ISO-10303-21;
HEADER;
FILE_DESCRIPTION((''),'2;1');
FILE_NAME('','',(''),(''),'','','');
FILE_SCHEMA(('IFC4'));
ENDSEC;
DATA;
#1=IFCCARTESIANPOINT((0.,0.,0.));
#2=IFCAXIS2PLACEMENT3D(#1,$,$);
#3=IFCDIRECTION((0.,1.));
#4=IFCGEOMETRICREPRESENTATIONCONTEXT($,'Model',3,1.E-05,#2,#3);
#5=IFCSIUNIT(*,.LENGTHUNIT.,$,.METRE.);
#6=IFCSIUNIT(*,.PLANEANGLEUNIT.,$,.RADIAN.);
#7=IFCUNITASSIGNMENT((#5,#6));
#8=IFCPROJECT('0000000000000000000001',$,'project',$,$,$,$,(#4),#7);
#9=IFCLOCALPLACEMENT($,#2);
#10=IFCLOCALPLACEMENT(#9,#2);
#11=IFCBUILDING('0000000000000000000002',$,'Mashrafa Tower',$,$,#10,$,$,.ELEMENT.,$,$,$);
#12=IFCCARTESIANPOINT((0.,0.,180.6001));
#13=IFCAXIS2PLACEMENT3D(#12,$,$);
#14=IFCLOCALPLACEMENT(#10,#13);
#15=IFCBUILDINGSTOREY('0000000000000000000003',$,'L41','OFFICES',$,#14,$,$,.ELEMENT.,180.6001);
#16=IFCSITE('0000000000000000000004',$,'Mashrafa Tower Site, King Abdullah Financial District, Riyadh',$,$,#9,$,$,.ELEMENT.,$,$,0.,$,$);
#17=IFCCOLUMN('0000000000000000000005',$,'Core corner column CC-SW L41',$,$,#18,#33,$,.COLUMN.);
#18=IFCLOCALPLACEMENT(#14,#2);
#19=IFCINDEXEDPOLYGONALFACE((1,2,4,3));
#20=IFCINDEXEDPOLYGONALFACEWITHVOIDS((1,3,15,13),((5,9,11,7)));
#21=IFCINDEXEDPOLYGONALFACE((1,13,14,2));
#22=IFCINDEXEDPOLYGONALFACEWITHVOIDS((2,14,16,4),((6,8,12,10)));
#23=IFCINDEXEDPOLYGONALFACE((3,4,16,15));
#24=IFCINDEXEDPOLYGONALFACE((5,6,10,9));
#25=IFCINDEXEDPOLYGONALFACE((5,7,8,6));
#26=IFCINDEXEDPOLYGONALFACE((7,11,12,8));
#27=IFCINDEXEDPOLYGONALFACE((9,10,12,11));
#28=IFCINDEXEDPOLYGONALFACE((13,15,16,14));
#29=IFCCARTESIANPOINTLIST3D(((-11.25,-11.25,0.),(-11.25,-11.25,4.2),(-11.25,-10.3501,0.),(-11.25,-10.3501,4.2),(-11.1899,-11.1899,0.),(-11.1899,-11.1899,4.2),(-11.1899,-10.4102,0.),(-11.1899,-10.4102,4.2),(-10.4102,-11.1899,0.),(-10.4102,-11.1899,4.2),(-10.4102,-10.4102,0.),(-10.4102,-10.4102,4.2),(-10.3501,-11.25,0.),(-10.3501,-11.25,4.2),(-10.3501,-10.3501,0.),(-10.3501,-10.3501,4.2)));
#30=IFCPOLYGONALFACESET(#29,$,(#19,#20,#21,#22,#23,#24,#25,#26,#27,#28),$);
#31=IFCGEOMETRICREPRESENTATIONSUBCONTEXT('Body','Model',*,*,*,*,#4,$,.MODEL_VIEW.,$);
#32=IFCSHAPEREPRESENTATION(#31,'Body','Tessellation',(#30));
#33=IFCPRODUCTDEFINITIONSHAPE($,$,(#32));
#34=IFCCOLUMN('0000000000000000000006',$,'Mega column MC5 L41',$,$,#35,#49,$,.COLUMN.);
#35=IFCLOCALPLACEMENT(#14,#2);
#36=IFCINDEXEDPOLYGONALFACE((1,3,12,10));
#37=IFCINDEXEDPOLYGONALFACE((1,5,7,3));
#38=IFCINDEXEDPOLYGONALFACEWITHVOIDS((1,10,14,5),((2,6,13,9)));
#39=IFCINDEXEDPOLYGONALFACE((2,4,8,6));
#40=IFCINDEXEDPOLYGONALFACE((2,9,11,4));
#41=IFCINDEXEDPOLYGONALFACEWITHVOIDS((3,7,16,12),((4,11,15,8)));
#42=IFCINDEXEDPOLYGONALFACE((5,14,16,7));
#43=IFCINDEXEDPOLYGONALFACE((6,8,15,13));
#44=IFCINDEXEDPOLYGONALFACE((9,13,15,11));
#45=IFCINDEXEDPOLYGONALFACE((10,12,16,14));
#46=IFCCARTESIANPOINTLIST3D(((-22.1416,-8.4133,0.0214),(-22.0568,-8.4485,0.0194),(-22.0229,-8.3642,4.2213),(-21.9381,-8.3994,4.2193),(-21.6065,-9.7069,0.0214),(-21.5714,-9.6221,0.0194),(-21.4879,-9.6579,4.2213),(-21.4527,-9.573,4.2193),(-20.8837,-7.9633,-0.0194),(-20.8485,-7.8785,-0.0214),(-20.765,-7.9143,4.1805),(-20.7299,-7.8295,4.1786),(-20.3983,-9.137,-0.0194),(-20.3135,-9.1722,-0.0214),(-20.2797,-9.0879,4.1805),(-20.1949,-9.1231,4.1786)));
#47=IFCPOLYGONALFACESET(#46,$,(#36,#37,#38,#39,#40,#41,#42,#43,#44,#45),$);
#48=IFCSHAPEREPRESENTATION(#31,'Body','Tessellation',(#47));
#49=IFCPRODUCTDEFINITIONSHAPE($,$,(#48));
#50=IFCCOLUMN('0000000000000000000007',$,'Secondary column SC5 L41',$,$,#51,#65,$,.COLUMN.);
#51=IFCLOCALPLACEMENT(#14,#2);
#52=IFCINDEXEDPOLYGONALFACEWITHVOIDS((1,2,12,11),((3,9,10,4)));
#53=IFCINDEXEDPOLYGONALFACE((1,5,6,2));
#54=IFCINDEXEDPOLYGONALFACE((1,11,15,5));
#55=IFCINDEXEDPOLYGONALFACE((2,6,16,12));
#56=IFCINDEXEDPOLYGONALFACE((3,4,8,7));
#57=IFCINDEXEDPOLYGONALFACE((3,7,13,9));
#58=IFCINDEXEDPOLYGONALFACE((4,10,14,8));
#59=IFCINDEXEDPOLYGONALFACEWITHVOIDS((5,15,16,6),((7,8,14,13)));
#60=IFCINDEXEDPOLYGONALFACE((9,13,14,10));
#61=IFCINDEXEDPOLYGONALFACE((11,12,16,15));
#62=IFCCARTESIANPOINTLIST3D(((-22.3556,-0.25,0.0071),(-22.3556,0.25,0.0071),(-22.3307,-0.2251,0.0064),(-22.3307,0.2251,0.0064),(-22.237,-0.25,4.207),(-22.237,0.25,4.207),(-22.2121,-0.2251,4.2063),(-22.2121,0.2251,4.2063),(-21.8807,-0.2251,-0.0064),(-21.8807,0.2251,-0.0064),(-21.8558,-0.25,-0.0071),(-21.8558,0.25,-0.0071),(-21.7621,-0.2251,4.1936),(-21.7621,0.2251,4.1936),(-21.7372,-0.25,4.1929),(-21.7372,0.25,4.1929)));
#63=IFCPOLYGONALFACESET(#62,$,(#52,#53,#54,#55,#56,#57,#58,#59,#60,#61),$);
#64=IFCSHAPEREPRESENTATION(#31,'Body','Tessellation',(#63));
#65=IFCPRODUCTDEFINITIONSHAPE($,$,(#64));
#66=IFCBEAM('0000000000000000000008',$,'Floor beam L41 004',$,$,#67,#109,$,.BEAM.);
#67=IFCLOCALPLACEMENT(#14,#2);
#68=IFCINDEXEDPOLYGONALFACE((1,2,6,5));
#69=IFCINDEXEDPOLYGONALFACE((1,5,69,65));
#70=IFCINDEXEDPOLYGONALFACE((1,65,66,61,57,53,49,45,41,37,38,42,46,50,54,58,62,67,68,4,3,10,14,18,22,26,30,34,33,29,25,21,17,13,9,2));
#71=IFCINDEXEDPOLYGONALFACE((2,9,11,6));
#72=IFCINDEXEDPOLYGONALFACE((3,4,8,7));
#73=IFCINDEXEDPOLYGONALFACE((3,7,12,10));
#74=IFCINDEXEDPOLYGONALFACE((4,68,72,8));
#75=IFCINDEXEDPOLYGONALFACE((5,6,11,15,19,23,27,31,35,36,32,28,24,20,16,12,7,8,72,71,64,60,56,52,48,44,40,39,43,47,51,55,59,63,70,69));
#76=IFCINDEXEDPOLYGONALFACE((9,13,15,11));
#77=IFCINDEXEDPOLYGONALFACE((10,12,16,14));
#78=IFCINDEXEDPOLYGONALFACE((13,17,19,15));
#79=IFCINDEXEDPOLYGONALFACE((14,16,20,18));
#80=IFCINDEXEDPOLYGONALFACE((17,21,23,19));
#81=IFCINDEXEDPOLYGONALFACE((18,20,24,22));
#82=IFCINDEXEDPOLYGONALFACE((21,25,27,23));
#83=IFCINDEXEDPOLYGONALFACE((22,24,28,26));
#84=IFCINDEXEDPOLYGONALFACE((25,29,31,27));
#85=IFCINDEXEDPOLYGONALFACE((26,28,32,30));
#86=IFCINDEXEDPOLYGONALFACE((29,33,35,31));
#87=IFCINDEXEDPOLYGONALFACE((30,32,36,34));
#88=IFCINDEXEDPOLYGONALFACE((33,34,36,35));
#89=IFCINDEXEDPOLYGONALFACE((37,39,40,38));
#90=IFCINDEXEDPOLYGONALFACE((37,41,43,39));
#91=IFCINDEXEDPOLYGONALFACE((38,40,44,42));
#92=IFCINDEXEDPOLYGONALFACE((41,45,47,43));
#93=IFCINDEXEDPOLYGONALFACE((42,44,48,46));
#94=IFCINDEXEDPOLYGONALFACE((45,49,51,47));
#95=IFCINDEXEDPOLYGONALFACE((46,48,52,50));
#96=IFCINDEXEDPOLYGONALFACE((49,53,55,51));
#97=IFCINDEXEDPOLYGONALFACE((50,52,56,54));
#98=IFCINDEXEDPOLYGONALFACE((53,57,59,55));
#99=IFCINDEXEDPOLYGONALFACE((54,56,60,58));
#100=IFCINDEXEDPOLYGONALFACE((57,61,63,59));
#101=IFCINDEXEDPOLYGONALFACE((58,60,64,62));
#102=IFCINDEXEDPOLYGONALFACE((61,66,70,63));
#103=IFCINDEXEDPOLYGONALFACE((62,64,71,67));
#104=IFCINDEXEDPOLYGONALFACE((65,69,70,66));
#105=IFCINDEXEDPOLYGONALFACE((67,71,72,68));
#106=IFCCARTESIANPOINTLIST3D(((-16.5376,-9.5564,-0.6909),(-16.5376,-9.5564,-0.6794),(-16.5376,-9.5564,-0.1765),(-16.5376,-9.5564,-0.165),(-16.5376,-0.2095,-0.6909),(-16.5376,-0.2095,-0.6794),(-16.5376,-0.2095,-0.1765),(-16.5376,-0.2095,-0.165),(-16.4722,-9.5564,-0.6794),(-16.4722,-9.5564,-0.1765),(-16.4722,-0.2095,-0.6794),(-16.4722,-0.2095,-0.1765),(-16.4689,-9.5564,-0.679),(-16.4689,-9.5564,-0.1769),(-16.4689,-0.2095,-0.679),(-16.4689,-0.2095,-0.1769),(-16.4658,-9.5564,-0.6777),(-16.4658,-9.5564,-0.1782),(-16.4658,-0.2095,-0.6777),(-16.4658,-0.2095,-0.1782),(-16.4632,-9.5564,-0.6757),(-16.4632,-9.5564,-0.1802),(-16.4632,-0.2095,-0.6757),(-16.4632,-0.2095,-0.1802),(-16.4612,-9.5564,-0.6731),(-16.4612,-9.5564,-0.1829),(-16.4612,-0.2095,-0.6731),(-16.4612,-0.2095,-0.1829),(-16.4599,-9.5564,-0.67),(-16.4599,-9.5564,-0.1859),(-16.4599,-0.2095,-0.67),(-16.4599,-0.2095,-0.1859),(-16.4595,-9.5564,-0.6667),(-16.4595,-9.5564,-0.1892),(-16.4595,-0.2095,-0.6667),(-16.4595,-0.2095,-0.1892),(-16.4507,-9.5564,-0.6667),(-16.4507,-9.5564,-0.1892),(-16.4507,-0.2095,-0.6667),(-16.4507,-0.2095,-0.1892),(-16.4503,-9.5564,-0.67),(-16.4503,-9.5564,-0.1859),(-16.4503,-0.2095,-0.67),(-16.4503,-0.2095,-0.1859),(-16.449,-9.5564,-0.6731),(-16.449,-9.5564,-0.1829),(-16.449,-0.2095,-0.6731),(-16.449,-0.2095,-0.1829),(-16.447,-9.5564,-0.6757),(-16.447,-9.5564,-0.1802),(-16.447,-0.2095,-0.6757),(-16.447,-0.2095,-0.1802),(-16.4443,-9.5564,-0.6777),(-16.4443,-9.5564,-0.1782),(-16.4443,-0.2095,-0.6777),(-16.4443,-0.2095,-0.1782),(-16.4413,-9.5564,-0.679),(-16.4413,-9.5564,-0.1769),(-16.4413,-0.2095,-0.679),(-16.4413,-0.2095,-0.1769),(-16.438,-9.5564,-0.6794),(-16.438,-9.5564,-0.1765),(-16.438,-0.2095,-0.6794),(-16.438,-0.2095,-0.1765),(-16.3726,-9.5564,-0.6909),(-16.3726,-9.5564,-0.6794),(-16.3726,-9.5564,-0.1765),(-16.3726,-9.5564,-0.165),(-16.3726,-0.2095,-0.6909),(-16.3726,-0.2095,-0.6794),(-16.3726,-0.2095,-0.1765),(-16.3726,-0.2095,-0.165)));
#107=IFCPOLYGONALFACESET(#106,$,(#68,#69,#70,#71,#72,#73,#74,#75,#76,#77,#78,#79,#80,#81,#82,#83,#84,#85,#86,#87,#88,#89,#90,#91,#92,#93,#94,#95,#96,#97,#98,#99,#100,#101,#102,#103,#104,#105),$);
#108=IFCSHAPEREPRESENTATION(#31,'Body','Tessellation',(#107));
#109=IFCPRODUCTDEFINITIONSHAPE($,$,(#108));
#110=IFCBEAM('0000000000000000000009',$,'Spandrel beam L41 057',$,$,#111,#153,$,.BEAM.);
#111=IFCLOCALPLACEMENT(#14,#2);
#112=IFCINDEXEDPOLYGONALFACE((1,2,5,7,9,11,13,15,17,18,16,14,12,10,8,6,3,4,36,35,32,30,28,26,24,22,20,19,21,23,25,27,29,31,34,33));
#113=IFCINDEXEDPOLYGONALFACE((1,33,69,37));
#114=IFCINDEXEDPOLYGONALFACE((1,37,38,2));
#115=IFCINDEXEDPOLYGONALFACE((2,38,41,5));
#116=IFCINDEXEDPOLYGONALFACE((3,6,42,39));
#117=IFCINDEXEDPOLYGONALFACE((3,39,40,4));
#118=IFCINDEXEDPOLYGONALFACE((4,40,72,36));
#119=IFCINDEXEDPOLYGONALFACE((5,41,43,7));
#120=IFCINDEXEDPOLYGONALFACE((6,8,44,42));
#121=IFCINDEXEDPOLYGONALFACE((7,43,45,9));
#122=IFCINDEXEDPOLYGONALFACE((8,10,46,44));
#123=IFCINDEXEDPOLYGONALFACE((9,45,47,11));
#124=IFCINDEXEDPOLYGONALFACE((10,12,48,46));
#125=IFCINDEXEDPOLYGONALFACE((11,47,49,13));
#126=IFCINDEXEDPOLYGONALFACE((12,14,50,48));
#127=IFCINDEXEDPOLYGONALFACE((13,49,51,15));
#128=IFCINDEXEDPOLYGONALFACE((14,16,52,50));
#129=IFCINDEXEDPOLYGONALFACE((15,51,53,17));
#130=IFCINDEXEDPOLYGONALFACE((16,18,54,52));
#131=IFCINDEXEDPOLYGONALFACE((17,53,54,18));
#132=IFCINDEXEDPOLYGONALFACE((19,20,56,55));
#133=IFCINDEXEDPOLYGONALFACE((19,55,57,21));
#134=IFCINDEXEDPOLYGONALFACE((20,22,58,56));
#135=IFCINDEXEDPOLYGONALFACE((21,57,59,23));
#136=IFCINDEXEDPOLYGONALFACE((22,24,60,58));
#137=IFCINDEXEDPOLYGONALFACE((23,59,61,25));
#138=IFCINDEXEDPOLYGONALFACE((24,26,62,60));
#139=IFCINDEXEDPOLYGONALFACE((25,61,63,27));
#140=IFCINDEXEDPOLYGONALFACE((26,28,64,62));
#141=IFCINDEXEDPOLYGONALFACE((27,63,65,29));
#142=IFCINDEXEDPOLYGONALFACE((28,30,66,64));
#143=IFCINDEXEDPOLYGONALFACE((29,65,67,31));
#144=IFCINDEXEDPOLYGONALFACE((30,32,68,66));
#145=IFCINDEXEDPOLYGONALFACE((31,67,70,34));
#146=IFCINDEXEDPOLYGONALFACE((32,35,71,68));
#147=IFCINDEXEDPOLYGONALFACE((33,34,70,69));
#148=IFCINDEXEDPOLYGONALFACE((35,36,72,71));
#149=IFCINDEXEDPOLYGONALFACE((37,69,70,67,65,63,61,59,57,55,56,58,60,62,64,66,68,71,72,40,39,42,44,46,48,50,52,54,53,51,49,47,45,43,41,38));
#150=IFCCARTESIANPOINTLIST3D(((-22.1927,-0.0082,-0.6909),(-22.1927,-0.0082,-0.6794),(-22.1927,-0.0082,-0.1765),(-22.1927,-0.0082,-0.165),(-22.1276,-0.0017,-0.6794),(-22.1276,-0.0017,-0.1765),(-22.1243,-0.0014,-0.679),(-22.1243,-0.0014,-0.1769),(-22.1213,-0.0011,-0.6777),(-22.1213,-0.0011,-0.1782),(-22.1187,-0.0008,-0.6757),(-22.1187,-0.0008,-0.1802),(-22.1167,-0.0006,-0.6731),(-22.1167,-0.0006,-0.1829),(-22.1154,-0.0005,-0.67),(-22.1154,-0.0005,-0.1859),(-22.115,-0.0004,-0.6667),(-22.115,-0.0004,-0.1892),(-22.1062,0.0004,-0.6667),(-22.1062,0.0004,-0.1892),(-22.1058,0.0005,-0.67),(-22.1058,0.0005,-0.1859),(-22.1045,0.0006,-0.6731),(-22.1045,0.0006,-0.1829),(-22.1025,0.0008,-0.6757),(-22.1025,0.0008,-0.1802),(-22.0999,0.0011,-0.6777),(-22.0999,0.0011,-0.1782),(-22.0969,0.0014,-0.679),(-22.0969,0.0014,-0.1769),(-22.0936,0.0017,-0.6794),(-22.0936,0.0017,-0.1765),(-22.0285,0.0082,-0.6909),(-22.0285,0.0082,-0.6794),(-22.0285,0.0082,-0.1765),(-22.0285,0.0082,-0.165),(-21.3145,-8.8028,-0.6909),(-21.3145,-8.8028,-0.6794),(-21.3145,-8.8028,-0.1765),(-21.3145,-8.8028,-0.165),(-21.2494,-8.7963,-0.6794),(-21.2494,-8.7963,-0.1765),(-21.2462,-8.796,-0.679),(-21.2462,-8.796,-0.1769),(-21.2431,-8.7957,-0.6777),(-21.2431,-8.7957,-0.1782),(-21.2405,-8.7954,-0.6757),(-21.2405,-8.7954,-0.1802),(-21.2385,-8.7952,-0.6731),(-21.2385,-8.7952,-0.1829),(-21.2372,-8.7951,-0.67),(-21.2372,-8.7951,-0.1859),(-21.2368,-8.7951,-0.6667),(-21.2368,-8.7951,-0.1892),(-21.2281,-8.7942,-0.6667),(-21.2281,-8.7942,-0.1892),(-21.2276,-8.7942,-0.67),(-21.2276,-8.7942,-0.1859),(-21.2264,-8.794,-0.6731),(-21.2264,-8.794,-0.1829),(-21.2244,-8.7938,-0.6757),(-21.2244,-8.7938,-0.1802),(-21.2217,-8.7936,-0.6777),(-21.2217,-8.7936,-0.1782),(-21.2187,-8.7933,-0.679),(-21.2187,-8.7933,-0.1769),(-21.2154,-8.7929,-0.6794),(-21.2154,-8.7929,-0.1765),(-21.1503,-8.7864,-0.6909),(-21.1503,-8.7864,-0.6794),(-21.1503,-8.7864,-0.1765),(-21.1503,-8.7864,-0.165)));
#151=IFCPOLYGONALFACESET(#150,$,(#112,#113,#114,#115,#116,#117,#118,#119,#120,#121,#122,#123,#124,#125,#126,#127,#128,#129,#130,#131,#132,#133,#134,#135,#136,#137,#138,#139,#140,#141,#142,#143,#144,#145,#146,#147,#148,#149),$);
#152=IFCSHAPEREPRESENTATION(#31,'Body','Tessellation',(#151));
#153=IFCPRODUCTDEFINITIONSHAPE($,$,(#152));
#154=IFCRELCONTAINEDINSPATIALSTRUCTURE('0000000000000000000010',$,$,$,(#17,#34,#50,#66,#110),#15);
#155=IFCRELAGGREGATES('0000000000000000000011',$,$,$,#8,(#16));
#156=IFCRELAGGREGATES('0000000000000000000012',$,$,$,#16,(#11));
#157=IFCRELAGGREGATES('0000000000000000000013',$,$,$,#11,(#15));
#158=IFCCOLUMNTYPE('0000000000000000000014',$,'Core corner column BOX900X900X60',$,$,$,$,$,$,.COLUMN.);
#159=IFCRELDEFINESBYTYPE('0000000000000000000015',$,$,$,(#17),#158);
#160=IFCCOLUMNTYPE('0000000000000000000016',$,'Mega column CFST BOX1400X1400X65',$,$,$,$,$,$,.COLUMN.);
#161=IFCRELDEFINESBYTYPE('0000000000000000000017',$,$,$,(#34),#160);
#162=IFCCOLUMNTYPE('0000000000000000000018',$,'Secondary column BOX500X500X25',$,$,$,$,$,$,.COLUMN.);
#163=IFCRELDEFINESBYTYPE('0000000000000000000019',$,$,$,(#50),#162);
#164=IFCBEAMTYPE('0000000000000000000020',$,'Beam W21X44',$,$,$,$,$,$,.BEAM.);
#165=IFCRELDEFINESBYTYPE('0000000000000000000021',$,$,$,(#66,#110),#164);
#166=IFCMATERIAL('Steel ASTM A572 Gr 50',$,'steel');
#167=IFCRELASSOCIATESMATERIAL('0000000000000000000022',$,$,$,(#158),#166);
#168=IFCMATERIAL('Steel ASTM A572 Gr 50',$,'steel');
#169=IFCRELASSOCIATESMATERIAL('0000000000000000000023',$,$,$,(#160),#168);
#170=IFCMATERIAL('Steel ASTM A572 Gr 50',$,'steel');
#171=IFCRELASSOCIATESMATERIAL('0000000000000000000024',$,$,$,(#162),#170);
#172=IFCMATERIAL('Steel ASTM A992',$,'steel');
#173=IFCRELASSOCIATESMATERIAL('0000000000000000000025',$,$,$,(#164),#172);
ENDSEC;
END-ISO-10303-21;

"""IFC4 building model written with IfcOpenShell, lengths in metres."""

from ifc_helpers import new_model, si_unit, direction, frame, origin, origin_2d, place, context, subcontext, project, spatial, hollow_rectangle, i_section, extrude, material, material_profile, profile_set, type_object, element, save


model = new_model("IFC4")

# Units and contexts
model_context = context("Model", 3, precision=1e-05, world=origin(), true_north=direction((0.0, 1.0)))
body_context = subcontext(model_context, "Body", "Model", "MODEL_VIEW")
ifc_project = project(units=[si_unit("LENGTHUNIT", "METRE"), si_unit("PLANEANGLEUNIT", "RADIAN")], contexts=[model_context])

# Site, building, storey
site_placement = place(None, origin())
site = spatial("IfcSite", under=ifc_project, at=site_placement, Name="Mashrafa Tower Site, King Abdullah Financial District, Riyadh", CompositionType="ELEMENT", RefElevation=0.0)
building_placement = place(site_placement, origin())
building = spatial("IfcBuilding", under=site, at=building_placement, Name="Mashrafa Tower", CompositionType="ELEMENT")
storey_placement = place(building_placement, frame((0.0, 0.0, 180.6001)))
storey = spatial("IfcBuildingStorey", under=building, at=storey_placement, Name="L41", Description="OFFICES", CompositionType="ELEMENT", Elevation=180.6001)

# Columns
ifc_material_1 = material(Name="Steel ASTM A572 Gr 50", Category="steel")
ifc_material_profile_1 = material_profile(ifc_material_1, hollow_rectangle(XDim=0.8999, YDim=0.8999, WallThickness=0.0601, at=origin_2d()), Name="BOX900X900X60")
ifc_profile_set_1 = profile_set([ifc_material_profile_1], Name="Steel ASTM A572 Gr 50")
column_type_1 = type_object("IfcColumnType", Name="Core corner column BOX900X900X60", PredefinedType="COLUMN", material=ifc_profile_set_1)
column_1_placement = place(storey_placement, frame((-10.8, -10.8, 0.0), z_axis=(0.0, 0.0, 1.0), x_axis=(1.0, 0.0, 0.0)))
element("IfcColumn", 1, at=column_1_placement, inside=storey, type_object=column_type_1, Name="Core corner column CC-SW L41", PredefinedType="COLUMN", context=body_context, shape_type="SweptSolid", body=[
    extrude(hollow_rectangle(XDim=0.8999, YDim=0.8999, WallThickness=0.0601, at=origin_2d()), origin(), (0.0, 0.0, 1.0), 4.2),
])
ifc_material_2 = material(Name="Steel ASTM A572 Gr 50", Category="steel")
ifc_material_profile_2 = material_profile(ifc_material_2, hollow_rectangle(XDim=1.3999, YDim=1.3999, WallThickness=0.0649, at=origin_2d()), Name="BOX1400X1400X65")
ifc_profile_set_2 = profile_set([ifc_material_profile_2], Name="Steel ASTM A572 Gr 50")
column_type_2 = type_object("IfcColumnType", Name="Mega column CFST BOX1400X1400X65", PredefinedType="COLUMN", material=ifc_profile_set_2)
column_2_placement = place(storey_placement, frame((-21.2275, -8.7927, 0.0), z_axis=(0.028238, 0.011679, 0.999533), x_axis=(-0.382184, 0.924086, 0.0)))
element("IfcColumn", 2, at=column_2_placement, inside=storey, type_object=column_type_2, Name="Mega column MC5 L41", PredefinedType="COLUMN", context=body_context, shape_type="SweptSolid", body=[
    extrude(hollow_rectangle(XDim=1.3999, YDim=1.3999, WallThickness=0.0649, at=origin_2d()), origin(), (0.0, 0.0, 1.0), 4.2019),
])
ifc_material_3 = material(Name="Steel ASTM A572 Gr 50", Category="steel")
ifc_material_profile_3 = material_profile(ifc_material_3, hollow_rectangle(XDim=0.5, YDim=0.5, WallThickness=0.0249, at=origin_2d()), Name="BOX500X500X25")
ifc_profile_set_3 = profile_set([ifc_material_profile_3], Name="Steel ASTM A572 Gr 50")
column_type_3 = type_object("IfcColumnType", Name="Secondary column BOX500X500X25", PredefinedType="COLUMN", material=ifc_profile_set_3)
column_3_placement = place(storey_placement, frame((-22.1057, 0.0, 0.0), z_axis=(0.02824, 0.0, 0.999601), x_axis=(0.0, 1.0, 0.0)))
element("IfcColumn", 3, at=column_3_placement, inside=storey, type_object=column_type_3, Name="Secondary column SC5 L41", PredefinedType="COLUMN", context=body_context, shape_type="SweptSolid", body=[
    extrude(hollow_rectangle(XDim=0.5, YDim=0.5, WallThickness=0.0249, at=origin_2d()), origin(), (0.0, 0.0, 1.0), 4.2017),
])

# Beams
ifc_material_4 = material(Name="Steel ASTM A992", Category="steel")
ifc_material_profile_4 = material_profile(ifc_material_4, i_section(OverallWidth=0.165, OverallDepth=0.5259, WebThickness=0.0088, FlangeThickness=0.0115, FilletRadius=0.0127, at=origin_2d()), Name="W21X44")
ifc_profile_set_4 = profile_set([ifc_material_profile_4], Name="Steel ASTM A992")
beam_type_1 = type_object("IfcBeamType", Name="Beam W21X44", PredefinedType="BEAM", material=ifc_profile_set_4)
beam_1_placement = place(storey_placement, frame((-16.4551, -9.5564, -0.428), z_axis=(0.0, 1.0, 0.0), x_axis=(-1.0, 0.0, 0.0)))
element("IfcBeam", 4, at=beam_1_placement, inside=storey, type_object=beam_type_1, Name="Floor beam L41 004", PredefinedType="BEAM", context=body_context, shape_type="SweptSolid", body=[
    extrude(i_section(OverallWidth=0.165, OverallDepth=0.5259, WebThickness=0.0088, FlangeThickness=0.0115, FilletRadius=0.0127, at=origin_2d()), origin(), (0.0, 0.0, 1.0), 9.3469),
])
beam_2_placement = place(storey_placement, frame((-22.1106, 0.0, -0.428), z_axis=(0.099359, -0.995052, 0.0), x_axis=(0.995052, 0.099359, 0.0)))
element("IfcBeam", 5, at=beam_2_placement, inside=storey, type_object=beam_type_1, Name="Spandrel beam L41 057", PredefinedType="BEAM", context=body_context, shape_type="SweptSolid", body=[
    extrude(i_section(OverallWidth=0.165, OverallDepth=0.5259, WebThickness=0.0088, FlangeThickness=0.0115, FilletRadius=0.0127, at=origin_2d()), origin(), (0.0, 0.0, 1.0), 8.8384),
])

save(model, "model.ifc")
